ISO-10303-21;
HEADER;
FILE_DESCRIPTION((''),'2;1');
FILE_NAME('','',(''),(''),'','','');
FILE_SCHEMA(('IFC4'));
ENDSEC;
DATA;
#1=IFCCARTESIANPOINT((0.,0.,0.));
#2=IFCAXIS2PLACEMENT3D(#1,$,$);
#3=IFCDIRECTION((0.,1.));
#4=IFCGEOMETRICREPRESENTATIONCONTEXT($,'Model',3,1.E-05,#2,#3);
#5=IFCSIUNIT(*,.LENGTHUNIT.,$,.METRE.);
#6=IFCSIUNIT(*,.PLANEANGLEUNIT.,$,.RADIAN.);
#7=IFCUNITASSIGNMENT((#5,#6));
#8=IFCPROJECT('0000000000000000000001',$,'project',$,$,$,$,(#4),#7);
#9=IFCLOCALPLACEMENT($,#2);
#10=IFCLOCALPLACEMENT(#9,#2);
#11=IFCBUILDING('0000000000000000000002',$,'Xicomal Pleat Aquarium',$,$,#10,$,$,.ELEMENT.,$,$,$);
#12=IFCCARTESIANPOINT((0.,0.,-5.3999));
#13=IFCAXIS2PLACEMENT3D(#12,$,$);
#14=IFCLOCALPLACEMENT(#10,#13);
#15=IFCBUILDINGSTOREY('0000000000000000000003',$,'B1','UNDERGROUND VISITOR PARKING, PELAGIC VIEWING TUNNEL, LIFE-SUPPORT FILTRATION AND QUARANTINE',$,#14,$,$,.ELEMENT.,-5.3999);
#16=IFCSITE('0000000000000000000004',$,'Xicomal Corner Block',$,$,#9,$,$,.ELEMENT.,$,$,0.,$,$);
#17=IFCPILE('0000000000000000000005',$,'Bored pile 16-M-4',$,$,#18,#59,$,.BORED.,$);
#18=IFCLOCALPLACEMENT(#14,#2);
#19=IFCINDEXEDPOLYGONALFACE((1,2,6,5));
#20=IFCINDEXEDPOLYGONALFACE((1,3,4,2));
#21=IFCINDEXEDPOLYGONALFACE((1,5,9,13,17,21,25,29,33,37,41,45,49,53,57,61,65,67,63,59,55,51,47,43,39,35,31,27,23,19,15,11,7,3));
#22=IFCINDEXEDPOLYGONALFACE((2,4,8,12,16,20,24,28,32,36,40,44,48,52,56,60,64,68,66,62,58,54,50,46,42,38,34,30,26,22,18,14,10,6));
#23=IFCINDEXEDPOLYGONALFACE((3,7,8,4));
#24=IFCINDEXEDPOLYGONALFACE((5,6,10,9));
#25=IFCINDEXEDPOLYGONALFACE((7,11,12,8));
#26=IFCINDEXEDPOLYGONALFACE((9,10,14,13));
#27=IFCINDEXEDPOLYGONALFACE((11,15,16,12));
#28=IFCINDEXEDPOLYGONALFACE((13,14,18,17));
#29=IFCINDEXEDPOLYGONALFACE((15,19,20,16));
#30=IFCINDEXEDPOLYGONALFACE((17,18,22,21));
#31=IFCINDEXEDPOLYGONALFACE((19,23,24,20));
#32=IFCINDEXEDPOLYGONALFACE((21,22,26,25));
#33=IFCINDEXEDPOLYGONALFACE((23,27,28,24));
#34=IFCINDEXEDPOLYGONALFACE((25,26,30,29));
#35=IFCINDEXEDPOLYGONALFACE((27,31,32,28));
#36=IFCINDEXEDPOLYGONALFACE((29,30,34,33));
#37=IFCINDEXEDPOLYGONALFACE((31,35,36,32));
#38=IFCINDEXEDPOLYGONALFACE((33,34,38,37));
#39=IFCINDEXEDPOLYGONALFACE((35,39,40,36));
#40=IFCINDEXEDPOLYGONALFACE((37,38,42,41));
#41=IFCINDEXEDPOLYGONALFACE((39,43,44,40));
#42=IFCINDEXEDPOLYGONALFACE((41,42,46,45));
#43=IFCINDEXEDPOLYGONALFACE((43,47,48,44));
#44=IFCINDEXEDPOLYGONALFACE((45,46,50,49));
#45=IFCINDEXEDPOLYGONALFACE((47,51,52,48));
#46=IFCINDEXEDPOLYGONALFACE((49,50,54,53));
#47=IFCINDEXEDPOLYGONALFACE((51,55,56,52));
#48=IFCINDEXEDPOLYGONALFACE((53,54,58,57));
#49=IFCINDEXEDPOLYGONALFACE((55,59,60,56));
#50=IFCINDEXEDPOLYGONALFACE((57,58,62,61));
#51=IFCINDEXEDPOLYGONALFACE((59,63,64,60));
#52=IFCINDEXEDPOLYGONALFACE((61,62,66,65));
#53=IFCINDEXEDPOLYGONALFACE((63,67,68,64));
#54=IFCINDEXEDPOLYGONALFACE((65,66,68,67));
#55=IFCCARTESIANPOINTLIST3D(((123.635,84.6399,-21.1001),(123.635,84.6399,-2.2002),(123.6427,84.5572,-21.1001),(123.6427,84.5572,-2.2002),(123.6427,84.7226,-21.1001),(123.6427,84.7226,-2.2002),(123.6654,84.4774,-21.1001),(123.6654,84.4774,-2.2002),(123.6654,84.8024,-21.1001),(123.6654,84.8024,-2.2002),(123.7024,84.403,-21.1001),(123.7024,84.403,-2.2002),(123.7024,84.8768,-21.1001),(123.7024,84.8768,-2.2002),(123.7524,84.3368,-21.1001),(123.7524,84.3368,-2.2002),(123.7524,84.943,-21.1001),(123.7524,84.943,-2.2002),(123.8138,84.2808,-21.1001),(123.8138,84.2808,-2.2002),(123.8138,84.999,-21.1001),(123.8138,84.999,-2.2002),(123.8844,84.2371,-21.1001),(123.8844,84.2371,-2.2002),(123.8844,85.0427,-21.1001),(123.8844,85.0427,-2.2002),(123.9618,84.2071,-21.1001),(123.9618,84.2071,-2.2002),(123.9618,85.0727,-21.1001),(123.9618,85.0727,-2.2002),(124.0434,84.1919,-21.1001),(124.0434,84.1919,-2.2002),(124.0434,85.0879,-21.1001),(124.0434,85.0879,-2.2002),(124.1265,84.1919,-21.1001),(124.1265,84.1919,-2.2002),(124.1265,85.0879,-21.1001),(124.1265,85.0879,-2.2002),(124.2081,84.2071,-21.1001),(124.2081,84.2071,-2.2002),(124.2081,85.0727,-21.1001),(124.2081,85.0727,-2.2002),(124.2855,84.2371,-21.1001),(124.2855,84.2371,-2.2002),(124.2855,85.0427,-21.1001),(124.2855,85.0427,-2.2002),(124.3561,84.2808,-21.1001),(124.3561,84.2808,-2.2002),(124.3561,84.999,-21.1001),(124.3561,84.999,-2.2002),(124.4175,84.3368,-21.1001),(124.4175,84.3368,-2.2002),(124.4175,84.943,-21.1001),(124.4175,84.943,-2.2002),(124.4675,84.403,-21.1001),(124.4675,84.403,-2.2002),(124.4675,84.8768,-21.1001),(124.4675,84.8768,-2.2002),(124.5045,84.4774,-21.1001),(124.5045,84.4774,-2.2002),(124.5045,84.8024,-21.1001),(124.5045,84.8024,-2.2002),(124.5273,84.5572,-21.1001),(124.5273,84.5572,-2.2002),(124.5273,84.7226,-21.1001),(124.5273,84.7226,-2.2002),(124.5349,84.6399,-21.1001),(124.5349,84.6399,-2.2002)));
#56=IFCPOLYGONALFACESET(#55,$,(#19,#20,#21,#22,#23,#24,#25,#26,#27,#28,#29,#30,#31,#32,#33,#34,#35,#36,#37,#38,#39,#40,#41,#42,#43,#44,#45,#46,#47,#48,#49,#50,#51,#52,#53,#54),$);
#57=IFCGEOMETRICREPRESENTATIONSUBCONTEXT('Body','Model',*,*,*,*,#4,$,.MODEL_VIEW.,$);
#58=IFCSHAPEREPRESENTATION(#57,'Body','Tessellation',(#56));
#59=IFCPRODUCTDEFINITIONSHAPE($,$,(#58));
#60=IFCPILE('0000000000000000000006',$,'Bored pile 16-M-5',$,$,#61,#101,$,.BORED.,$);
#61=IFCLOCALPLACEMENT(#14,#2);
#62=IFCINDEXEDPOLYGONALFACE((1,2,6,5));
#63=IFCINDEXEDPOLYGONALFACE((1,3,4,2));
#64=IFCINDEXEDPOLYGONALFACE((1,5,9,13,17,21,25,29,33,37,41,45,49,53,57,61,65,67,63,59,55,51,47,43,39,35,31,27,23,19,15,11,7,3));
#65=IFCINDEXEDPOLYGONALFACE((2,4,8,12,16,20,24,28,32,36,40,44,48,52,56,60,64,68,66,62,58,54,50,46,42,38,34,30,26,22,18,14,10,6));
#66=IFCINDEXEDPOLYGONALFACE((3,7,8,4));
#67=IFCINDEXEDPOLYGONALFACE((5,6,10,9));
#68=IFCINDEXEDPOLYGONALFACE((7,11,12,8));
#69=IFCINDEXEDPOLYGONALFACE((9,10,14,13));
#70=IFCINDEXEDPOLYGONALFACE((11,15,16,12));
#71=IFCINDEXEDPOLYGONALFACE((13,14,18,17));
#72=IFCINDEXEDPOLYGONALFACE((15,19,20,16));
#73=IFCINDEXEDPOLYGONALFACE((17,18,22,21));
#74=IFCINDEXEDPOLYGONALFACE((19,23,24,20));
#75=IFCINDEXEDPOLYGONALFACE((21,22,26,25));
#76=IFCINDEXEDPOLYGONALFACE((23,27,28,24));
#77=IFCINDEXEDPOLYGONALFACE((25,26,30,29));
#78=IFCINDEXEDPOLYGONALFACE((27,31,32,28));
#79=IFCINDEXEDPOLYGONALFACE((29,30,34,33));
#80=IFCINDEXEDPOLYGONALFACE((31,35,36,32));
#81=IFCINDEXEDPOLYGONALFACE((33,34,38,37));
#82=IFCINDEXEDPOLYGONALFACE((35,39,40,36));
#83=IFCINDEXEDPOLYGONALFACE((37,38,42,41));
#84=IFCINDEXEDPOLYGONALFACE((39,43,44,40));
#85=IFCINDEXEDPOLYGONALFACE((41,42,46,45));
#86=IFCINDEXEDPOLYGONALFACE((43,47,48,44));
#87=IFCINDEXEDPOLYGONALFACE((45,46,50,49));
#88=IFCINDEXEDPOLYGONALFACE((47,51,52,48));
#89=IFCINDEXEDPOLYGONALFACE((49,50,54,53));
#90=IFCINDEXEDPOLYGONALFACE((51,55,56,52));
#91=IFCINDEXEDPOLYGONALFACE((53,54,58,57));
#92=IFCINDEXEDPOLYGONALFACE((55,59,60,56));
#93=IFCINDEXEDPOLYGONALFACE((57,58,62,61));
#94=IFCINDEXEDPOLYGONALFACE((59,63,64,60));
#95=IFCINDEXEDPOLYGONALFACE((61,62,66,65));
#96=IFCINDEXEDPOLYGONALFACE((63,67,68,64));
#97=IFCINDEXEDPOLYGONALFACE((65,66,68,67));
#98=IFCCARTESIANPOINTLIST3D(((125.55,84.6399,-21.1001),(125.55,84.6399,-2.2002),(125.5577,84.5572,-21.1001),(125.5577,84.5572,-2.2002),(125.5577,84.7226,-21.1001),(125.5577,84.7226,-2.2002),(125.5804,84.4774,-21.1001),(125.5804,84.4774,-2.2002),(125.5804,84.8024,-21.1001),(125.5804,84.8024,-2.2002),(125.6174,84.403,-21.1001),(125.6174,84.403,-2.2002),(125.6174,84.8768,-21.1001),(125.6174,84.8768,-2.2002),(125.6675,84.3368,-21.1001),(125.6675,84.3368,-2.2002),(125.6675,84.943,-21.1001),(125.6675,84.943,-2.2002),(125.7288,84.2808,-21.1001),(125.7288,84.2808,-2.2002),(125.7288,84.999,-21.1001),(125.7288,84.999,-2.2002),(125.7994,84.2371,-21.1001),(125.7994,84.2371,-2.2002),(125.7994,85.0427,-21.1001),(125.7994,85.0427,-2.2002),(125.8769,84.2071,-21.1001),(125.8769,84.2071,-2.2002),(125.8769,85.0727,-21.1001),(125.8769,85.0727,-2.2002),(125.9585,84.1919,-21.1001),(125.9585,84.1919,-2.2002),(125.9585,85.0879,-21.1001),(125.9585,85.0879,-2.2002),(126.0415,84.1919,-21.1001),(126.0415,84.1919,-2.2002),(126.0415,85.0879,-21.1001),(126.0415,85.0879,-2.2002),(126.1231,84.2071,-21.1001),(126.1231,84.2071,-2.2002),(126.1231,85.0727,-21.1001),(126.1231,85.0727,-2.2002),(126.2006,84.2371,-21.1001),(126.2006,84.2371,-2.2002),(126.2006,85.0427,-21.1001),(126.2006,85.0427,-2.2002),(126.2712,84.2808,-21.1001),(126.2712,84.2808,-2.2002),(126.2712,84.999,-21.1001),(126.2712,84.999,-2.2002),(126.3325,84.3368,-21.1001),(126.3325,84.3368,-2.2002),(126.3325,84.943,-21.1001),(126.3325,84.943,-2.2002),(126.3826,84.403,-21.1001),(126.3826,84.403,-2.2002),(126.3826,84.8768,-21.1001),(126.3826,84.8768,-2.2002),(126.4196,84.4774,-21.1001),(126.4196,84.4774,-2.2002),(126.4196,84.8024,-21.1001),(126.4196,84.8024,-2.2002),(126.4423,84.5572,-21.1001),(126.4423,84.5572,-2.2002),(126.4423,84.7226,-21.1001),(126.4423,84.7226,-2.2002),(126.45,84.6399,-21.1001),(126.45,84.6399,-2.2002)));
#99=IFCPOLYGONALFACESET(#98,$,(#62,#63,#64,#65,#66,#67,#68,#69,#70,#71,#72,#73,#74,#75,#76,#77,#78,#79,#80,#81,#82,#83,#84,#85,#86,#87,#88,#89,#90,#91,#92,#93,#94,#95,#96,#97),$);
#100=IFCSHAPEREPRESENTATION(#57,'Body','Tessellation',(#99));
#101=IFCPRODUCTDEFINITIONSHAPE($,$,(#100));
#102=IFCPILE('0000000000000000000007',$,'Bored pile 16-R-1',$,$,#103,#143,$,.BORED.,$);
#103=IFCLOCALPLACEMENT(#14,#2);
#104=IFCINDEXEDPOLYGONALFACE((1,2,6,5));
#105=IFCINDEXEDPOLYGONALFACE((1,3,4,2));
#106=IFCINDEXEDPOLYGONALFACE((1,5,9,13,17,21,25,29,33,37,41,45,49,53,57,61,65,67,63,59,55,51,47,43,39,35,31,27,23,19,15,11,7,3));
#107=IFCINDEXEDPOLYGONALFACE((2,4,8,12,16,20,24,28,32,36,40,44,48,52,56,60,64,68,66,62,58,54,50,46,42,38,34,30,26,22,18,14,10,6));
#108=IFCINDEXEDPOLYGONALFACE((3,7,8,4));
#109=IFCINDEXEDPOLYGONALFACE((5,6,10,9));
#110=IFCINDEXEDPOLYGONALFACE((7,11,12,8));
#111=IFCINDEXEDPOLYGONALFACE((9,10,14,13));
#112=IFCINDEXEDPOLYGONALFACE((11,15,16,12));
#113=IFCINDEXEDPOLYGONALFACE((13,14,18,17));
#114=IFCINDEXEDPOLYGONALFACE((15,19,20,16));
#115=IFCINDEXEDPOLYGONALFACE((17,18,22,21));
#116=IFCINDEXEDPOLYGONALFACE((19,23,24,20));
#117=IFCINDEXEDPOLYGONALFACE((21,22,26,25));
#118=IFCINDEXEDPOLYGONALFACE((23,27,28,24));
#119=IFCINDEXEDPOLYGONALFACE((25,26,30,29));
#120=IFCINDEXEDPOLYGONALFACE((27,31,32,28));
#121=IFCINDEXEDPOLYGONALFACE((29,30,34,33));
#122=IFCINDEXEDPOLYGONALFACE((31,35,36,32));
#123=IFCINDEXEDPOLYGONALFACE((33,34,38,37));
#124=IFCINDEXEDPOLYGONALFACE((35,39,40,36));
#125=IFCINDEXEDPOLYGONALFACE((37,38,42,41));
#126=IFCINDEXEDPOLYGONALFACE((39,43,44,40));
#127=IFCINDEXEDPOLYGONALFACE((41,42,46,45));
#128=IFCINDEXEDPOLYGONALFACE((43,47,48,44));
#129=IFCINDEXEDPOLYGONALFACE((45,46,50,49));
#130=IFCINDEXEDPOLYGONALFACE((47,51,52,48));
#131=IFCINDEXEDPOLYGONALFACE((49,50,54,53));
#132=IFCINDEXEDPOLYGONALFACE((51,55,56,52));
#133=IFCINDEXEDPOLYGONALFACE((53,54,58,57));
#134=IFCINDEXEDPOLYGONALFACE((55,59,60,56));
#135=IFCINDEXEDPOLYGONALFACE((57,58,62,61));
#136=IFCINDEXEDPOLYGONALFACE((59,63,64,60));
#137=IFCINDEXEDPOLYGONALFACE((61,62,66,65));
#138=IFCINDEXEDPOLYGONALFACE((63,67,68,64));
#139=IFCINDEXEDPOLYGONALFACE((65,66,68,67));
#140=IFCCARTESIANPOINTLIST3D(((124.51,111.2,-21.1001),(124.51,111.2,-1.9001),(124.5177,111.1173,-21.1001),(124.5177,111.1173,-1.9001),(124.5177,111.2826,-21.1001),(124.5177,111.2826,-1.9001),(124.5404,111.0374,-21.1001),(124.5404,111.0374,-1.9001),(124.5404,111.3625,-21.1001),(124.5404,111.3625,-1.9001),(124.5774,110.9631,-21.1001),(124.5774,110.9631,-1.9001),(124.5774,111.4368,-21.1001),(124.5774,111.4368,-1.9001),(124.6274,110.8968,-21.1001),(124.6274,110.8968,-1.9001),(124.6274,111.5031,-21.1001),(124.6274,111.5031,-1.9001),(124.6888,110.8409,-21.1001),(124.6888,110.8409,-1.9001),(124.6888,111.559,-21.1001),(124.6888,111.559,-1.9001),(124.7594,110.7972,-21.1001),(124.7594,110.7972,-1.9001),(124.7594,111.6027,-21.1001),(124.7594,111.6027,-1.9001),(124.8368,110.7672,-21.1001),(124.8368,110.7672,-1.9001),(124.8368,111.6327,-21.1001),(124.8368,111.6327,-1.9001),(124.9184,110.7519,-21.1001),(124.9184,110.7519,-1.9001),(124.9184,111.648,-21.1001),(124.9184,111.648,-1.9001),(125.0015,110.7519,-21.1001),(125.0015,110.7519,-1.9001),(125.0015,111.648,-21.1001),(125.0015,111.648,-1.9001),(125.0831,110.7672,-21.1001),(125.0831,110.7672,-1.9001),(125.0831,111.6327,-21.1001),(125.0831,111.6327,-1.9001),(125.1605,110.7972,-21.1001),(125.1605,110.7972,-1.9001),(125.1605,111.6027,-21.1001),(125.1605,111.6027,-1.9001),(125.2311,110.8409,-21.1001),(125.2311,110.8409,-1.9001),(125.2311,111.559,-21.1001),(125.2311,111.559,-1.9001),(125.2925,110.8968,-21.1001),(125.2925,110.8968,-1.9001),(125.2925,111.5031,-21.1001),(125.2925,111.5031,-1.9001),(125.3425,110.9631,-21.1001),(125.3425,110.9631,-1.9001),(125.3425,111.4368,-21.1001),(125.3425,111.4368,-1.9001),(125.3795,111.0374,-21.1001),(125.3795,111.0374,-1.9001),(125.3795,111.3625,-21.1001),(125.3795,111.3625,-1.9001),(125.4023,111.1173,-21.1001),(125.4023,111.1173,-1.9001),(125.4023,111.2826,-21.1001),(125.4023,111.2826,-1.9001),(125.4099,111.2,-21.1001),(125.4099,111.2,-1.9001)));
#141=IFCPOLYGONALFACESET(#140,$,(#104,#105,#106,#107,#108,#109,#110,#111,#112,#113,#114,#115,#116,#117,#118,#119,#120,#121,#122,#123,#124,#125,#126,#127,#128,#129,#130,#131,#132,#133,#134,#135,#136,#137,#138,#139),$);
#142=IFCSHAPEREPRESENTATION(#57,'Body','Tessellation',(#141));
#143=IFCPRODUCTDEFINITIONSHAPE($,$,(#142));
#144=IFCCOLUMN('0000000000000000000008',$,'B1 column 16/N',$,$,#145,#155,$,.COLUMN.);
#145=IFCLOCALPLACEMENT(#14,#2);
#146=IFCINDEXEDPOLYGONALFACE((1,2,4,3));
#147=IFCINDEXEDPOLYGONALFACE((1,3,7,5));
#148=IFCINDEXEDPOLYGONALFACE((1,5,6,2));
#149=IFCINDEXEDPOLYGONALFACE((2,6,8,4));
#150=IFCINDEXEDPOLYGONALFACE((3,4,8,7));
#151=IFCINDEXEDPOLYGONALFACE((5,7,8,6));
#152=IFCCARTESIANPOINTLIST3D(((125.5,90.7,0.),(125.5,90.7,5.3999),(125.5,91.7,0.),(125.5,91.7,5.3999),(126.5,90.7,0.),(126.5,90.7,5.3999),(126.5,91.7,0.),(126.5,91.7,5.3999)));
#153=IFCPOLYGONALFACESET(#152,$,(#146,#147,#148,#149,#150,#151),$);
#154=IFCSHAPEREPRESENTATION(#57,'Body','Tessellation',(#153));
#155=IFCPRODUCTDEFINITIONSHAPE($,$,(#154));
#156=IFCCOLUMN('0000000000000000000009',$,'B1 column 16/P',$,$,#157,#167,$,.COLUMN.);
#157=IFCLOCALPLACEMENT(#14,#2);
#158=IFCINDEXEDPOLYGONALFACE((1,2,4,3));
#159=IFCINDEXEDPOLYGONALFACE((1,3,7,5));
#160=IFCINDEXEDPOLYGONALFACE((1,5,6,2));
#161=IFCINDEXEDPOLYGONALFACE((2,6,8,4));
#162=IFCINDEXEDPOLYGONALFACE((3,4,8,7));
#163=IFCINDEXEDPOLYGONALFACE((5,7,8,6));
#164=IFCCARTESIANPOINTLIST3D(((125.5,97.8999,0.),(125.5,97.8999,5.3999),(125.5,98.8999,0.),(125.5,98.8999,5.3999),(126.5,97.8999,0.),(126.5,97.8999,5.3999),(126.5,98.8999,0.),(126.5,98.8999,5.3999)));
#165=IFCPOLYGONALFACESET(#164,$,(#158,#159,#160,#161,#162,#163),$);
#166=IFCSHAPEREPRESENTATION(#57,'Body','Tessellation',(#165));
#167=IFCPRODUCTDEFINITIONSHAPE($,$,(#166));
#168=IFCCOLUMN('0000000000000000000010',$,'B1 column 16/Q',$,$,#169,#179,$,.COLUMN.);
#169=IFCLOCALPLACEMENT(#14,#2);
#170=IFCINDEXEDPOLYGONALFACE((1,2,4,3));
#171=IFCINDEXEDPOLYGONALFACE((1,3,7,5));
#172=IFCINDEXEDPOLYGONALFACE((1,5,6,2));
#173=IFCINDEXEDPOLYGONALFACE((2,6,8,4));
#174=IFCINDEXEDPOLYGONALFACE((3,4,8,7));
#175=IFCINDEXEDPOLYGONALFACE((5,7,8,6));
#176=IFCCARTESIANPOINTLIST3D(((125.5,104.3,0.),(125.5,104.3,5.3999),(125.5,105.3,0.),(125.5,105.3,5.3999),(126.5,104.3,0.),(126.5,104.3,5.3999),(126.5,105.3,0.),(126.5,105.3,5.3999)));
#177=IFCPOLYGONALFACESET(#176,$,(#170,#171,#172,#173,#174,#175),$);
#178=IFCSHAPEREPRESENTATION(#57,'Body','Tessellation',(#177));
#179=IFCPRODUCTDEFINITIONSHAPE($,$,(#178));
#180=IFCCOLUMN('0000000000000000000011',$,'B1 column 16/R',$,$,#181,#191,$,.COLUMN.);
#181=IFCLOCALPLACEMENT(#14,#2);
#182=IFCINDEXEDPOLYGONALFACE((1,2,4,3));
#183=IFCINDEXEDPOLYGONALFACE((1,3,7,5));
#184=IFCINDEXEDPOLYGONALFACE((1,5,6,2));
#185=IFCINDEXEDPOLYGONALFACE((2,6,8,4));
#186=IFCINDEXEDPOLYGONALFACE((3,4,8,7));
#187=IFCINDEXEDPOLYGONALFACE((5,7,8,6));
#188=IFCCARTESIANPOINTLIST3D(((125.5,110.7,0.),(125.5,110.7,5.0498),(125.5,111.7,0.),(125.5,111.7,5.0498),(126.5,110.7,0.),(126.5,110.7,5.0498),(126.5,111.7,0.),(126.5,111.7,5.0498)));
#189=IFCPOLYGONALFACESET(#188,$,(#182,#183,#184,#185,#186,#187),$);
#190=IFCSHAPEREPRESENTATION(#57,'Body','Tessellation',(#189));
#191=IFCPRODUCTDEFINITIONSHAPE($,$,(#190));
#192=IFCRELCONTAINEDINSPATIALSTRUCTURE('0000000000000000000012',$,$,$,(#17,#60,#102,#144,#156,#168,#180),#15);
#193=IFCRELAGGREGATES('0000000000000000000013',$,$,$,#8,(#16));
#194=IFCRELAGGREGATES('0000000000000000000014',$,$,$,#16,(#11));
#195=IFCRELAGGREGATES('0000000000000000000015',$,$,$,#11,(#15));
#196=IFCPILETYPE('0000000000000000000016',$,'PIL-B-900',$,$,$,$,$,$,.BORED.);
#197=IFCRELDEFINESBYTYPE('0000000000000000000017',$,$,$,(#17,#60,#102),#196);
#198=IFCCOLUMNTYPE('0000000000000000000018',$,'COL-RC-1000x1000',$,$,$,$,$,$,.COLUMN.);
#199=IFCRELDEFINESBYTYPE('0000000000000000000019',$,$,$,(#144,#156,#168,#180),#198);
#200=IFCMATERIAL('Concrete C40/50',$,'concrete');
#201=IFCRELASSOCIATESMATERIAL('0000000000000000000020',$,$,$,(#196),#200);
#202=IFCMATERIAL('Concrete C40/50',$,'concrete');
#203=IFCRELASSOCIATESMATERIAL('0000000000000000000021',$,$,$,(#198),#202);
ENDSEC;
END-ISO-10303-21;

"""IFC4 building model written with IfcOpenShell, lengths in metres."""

from ifc_helpers import new_model, si_unit, direction, frame, origin, origin_2d, place, context, subcontext, project, spatial, rectangle, circle, extrude, material, material_profile, profile_set, type_object, element, save


model = new_model("IFC4")

# Units and contexts
model_context = context("Model", 3, precision=1e-05, world=origin(), true_north=direction((0.0, 1.0)))
body_context = subcontext(model_context, "Body", "Model", "MODEL_VIEW")
ifc_project = project(units=[si_unit("LENGTHUNIT", "METRE"), si_unit("PLANEANGLEUNIT", "RADIAN")], contexts=[model_context])

# Site, building, storey
site_placement = place(None, origin())
site = spatial("IfcSite", under=ifc_project, at=site_placement, Name="Xicomal Corner Block", CompositionType="ELEMENT", RefElevation=0.0)
building_placement = place(site_placement, origin())
building = spatial("IfcBuilding", under=site, at=building_placement, Name="Xicomal Pleat Aquarium", CompositionType="ELEMENT")
storey_placement = place(building_placement, frame((0.0, 0.0, -5.3999)))
storey = spatial("IfcBuildingStorey", under=building, at=storey_placement, Name="B1", Description="UNDERGROUND VISITOR PARKING, PELAGIC VIEWING TUNNEL, LIFE-SUPPORT FILTRATION AND QUARANTINE", CompositionType="ELEMENT", Elevation=-5.3999)

# Piles
ifc_material_1 = material(Name="Concrete C40/50", Category="concrete")
ifc_material_profile_1 = material_profile(ifc_material_1, circle(Radius=0.45, at=origin_2d()), Name="BORED PILE D900")
ifc_profile_set_1 = profile_set([ifc_material_profile_1], Name="Concrete C40/50")
pile_type_1 = type_object("IfcPileType", Name="PIL-B-900", PredefinedType="BORED", material=ifc_profile_set_1)
for number, where, z_axis, x_axis, name in (
    (1, (124.085, 84.6399, -2.2002), (0.0, 0.0, -1.0), (1.0, 0.0, 0.0), "Bored pile 16-M-4"),
    (2, (126.0, 84.6399, -2.2002), (0.0, 0.0, -1.0), (1.0, 0.0, 0.0), "Bored pile 16-M-5"),
):
    element("IfcPile", number, at=place(storey_placement, frame(where, z_axis=z_axis, x_axis=x_axis)), inside=storey, type_object=pile_type_1, Name=name, PredefinedType="BORED", context=body_context, shape_type="SweptSolid", body=[
        extrude(circle(Radius=0.45, at=origin_2d()), origin(), (0.0, 0.0, 1.0), 18.8999),
    ])
pile_1_placement = place(storey_placement, frame((124.96, 111.2, -1.9001), z_axis=(0.0, 0.0, -1.0), x_axis=(1.0, 0.0, 0.0)))
element("IfcPile", 3, at=pile_1_placement, inside=storey, type_object=pile_type_1, Name="Bored pile 16-R-1", PredefinedType="BORED", context=body_context, shape_type="SweptSolid", body=[
    extrude(circle(Radius=0.45, at=origin_2d()), origin(), (0.0, 0.0, 1.0), 19.2),
])

# Columns
ifc_material_2 = material(Name="Concrete C40/50", Category="concrete")
ifc_material_profile_2 = material_profile(ifc_material_2, rectangle(XDim=1.0, YDim=1.0, at=origin_2d()), Name="RC 1000x1000")
ifc_profile_set_2 = profile_set([ifc_material_profile_2], Name="Concrete C40/50")
column_type_1 = type_object("IfcColumnType", Name="COL-RC-1000x1000", PredefinedType="COLUMN", material=ifc_profile_set_2)
for number, where, z_axis, x_axis, name in (
    (4, (126.0, 91.2, 0.0), (0.0, 0.0, 1.0), (1.0, 0.0, 0.0), "B1 column 16/N"),
    (5, (126.0, 98.3999, 0.0), (0.0, 0.0, 1.0), (1.0, 0.0, 0.0), "B1 column 16/P"),
    (6, (126.0, 104.8, 0.0), (0.0, 0.0, 1.0), (1.0, 0.0, 0.0), "B1 column 16/Q"),
):
    element("IfcColumn", number, at=place(storey_placement, frame(where, z_axis=z_axis, x_axis=x_axis)), inside=storey, type_object=column_type_1, Name=name, PredefinedType="COLUMN", context=body_context, shape_type="SweptSolid", body=[
        extrude(rectangle(XDim=1.0, YDim=1.0, at=origin_2d()), origin(), (0.0, 0.0, 1.0), 5.3999),
    ])
column_1_placement = place(storey_placement, frame((126.0, 111.2, 0.0), z_axis=(0.0, 0.0, 1.0), x_axis=(1.0, 0.0, 0.0)))
element("IfcColumn", 7, at=column_1_placement, inside=storey, type_object=column_type_1, Name="B1 column 16/R", PredefinedType="COLUMN", context=body_context, shape_type="SweptSolid", body=[
    extrude(rectangle(XDim=1.0, YDim=1.0, at=origin_2d()), origin(), (0.0, 0.0, 1.0), 5.0498),
])

save(model, "model.ifc")
